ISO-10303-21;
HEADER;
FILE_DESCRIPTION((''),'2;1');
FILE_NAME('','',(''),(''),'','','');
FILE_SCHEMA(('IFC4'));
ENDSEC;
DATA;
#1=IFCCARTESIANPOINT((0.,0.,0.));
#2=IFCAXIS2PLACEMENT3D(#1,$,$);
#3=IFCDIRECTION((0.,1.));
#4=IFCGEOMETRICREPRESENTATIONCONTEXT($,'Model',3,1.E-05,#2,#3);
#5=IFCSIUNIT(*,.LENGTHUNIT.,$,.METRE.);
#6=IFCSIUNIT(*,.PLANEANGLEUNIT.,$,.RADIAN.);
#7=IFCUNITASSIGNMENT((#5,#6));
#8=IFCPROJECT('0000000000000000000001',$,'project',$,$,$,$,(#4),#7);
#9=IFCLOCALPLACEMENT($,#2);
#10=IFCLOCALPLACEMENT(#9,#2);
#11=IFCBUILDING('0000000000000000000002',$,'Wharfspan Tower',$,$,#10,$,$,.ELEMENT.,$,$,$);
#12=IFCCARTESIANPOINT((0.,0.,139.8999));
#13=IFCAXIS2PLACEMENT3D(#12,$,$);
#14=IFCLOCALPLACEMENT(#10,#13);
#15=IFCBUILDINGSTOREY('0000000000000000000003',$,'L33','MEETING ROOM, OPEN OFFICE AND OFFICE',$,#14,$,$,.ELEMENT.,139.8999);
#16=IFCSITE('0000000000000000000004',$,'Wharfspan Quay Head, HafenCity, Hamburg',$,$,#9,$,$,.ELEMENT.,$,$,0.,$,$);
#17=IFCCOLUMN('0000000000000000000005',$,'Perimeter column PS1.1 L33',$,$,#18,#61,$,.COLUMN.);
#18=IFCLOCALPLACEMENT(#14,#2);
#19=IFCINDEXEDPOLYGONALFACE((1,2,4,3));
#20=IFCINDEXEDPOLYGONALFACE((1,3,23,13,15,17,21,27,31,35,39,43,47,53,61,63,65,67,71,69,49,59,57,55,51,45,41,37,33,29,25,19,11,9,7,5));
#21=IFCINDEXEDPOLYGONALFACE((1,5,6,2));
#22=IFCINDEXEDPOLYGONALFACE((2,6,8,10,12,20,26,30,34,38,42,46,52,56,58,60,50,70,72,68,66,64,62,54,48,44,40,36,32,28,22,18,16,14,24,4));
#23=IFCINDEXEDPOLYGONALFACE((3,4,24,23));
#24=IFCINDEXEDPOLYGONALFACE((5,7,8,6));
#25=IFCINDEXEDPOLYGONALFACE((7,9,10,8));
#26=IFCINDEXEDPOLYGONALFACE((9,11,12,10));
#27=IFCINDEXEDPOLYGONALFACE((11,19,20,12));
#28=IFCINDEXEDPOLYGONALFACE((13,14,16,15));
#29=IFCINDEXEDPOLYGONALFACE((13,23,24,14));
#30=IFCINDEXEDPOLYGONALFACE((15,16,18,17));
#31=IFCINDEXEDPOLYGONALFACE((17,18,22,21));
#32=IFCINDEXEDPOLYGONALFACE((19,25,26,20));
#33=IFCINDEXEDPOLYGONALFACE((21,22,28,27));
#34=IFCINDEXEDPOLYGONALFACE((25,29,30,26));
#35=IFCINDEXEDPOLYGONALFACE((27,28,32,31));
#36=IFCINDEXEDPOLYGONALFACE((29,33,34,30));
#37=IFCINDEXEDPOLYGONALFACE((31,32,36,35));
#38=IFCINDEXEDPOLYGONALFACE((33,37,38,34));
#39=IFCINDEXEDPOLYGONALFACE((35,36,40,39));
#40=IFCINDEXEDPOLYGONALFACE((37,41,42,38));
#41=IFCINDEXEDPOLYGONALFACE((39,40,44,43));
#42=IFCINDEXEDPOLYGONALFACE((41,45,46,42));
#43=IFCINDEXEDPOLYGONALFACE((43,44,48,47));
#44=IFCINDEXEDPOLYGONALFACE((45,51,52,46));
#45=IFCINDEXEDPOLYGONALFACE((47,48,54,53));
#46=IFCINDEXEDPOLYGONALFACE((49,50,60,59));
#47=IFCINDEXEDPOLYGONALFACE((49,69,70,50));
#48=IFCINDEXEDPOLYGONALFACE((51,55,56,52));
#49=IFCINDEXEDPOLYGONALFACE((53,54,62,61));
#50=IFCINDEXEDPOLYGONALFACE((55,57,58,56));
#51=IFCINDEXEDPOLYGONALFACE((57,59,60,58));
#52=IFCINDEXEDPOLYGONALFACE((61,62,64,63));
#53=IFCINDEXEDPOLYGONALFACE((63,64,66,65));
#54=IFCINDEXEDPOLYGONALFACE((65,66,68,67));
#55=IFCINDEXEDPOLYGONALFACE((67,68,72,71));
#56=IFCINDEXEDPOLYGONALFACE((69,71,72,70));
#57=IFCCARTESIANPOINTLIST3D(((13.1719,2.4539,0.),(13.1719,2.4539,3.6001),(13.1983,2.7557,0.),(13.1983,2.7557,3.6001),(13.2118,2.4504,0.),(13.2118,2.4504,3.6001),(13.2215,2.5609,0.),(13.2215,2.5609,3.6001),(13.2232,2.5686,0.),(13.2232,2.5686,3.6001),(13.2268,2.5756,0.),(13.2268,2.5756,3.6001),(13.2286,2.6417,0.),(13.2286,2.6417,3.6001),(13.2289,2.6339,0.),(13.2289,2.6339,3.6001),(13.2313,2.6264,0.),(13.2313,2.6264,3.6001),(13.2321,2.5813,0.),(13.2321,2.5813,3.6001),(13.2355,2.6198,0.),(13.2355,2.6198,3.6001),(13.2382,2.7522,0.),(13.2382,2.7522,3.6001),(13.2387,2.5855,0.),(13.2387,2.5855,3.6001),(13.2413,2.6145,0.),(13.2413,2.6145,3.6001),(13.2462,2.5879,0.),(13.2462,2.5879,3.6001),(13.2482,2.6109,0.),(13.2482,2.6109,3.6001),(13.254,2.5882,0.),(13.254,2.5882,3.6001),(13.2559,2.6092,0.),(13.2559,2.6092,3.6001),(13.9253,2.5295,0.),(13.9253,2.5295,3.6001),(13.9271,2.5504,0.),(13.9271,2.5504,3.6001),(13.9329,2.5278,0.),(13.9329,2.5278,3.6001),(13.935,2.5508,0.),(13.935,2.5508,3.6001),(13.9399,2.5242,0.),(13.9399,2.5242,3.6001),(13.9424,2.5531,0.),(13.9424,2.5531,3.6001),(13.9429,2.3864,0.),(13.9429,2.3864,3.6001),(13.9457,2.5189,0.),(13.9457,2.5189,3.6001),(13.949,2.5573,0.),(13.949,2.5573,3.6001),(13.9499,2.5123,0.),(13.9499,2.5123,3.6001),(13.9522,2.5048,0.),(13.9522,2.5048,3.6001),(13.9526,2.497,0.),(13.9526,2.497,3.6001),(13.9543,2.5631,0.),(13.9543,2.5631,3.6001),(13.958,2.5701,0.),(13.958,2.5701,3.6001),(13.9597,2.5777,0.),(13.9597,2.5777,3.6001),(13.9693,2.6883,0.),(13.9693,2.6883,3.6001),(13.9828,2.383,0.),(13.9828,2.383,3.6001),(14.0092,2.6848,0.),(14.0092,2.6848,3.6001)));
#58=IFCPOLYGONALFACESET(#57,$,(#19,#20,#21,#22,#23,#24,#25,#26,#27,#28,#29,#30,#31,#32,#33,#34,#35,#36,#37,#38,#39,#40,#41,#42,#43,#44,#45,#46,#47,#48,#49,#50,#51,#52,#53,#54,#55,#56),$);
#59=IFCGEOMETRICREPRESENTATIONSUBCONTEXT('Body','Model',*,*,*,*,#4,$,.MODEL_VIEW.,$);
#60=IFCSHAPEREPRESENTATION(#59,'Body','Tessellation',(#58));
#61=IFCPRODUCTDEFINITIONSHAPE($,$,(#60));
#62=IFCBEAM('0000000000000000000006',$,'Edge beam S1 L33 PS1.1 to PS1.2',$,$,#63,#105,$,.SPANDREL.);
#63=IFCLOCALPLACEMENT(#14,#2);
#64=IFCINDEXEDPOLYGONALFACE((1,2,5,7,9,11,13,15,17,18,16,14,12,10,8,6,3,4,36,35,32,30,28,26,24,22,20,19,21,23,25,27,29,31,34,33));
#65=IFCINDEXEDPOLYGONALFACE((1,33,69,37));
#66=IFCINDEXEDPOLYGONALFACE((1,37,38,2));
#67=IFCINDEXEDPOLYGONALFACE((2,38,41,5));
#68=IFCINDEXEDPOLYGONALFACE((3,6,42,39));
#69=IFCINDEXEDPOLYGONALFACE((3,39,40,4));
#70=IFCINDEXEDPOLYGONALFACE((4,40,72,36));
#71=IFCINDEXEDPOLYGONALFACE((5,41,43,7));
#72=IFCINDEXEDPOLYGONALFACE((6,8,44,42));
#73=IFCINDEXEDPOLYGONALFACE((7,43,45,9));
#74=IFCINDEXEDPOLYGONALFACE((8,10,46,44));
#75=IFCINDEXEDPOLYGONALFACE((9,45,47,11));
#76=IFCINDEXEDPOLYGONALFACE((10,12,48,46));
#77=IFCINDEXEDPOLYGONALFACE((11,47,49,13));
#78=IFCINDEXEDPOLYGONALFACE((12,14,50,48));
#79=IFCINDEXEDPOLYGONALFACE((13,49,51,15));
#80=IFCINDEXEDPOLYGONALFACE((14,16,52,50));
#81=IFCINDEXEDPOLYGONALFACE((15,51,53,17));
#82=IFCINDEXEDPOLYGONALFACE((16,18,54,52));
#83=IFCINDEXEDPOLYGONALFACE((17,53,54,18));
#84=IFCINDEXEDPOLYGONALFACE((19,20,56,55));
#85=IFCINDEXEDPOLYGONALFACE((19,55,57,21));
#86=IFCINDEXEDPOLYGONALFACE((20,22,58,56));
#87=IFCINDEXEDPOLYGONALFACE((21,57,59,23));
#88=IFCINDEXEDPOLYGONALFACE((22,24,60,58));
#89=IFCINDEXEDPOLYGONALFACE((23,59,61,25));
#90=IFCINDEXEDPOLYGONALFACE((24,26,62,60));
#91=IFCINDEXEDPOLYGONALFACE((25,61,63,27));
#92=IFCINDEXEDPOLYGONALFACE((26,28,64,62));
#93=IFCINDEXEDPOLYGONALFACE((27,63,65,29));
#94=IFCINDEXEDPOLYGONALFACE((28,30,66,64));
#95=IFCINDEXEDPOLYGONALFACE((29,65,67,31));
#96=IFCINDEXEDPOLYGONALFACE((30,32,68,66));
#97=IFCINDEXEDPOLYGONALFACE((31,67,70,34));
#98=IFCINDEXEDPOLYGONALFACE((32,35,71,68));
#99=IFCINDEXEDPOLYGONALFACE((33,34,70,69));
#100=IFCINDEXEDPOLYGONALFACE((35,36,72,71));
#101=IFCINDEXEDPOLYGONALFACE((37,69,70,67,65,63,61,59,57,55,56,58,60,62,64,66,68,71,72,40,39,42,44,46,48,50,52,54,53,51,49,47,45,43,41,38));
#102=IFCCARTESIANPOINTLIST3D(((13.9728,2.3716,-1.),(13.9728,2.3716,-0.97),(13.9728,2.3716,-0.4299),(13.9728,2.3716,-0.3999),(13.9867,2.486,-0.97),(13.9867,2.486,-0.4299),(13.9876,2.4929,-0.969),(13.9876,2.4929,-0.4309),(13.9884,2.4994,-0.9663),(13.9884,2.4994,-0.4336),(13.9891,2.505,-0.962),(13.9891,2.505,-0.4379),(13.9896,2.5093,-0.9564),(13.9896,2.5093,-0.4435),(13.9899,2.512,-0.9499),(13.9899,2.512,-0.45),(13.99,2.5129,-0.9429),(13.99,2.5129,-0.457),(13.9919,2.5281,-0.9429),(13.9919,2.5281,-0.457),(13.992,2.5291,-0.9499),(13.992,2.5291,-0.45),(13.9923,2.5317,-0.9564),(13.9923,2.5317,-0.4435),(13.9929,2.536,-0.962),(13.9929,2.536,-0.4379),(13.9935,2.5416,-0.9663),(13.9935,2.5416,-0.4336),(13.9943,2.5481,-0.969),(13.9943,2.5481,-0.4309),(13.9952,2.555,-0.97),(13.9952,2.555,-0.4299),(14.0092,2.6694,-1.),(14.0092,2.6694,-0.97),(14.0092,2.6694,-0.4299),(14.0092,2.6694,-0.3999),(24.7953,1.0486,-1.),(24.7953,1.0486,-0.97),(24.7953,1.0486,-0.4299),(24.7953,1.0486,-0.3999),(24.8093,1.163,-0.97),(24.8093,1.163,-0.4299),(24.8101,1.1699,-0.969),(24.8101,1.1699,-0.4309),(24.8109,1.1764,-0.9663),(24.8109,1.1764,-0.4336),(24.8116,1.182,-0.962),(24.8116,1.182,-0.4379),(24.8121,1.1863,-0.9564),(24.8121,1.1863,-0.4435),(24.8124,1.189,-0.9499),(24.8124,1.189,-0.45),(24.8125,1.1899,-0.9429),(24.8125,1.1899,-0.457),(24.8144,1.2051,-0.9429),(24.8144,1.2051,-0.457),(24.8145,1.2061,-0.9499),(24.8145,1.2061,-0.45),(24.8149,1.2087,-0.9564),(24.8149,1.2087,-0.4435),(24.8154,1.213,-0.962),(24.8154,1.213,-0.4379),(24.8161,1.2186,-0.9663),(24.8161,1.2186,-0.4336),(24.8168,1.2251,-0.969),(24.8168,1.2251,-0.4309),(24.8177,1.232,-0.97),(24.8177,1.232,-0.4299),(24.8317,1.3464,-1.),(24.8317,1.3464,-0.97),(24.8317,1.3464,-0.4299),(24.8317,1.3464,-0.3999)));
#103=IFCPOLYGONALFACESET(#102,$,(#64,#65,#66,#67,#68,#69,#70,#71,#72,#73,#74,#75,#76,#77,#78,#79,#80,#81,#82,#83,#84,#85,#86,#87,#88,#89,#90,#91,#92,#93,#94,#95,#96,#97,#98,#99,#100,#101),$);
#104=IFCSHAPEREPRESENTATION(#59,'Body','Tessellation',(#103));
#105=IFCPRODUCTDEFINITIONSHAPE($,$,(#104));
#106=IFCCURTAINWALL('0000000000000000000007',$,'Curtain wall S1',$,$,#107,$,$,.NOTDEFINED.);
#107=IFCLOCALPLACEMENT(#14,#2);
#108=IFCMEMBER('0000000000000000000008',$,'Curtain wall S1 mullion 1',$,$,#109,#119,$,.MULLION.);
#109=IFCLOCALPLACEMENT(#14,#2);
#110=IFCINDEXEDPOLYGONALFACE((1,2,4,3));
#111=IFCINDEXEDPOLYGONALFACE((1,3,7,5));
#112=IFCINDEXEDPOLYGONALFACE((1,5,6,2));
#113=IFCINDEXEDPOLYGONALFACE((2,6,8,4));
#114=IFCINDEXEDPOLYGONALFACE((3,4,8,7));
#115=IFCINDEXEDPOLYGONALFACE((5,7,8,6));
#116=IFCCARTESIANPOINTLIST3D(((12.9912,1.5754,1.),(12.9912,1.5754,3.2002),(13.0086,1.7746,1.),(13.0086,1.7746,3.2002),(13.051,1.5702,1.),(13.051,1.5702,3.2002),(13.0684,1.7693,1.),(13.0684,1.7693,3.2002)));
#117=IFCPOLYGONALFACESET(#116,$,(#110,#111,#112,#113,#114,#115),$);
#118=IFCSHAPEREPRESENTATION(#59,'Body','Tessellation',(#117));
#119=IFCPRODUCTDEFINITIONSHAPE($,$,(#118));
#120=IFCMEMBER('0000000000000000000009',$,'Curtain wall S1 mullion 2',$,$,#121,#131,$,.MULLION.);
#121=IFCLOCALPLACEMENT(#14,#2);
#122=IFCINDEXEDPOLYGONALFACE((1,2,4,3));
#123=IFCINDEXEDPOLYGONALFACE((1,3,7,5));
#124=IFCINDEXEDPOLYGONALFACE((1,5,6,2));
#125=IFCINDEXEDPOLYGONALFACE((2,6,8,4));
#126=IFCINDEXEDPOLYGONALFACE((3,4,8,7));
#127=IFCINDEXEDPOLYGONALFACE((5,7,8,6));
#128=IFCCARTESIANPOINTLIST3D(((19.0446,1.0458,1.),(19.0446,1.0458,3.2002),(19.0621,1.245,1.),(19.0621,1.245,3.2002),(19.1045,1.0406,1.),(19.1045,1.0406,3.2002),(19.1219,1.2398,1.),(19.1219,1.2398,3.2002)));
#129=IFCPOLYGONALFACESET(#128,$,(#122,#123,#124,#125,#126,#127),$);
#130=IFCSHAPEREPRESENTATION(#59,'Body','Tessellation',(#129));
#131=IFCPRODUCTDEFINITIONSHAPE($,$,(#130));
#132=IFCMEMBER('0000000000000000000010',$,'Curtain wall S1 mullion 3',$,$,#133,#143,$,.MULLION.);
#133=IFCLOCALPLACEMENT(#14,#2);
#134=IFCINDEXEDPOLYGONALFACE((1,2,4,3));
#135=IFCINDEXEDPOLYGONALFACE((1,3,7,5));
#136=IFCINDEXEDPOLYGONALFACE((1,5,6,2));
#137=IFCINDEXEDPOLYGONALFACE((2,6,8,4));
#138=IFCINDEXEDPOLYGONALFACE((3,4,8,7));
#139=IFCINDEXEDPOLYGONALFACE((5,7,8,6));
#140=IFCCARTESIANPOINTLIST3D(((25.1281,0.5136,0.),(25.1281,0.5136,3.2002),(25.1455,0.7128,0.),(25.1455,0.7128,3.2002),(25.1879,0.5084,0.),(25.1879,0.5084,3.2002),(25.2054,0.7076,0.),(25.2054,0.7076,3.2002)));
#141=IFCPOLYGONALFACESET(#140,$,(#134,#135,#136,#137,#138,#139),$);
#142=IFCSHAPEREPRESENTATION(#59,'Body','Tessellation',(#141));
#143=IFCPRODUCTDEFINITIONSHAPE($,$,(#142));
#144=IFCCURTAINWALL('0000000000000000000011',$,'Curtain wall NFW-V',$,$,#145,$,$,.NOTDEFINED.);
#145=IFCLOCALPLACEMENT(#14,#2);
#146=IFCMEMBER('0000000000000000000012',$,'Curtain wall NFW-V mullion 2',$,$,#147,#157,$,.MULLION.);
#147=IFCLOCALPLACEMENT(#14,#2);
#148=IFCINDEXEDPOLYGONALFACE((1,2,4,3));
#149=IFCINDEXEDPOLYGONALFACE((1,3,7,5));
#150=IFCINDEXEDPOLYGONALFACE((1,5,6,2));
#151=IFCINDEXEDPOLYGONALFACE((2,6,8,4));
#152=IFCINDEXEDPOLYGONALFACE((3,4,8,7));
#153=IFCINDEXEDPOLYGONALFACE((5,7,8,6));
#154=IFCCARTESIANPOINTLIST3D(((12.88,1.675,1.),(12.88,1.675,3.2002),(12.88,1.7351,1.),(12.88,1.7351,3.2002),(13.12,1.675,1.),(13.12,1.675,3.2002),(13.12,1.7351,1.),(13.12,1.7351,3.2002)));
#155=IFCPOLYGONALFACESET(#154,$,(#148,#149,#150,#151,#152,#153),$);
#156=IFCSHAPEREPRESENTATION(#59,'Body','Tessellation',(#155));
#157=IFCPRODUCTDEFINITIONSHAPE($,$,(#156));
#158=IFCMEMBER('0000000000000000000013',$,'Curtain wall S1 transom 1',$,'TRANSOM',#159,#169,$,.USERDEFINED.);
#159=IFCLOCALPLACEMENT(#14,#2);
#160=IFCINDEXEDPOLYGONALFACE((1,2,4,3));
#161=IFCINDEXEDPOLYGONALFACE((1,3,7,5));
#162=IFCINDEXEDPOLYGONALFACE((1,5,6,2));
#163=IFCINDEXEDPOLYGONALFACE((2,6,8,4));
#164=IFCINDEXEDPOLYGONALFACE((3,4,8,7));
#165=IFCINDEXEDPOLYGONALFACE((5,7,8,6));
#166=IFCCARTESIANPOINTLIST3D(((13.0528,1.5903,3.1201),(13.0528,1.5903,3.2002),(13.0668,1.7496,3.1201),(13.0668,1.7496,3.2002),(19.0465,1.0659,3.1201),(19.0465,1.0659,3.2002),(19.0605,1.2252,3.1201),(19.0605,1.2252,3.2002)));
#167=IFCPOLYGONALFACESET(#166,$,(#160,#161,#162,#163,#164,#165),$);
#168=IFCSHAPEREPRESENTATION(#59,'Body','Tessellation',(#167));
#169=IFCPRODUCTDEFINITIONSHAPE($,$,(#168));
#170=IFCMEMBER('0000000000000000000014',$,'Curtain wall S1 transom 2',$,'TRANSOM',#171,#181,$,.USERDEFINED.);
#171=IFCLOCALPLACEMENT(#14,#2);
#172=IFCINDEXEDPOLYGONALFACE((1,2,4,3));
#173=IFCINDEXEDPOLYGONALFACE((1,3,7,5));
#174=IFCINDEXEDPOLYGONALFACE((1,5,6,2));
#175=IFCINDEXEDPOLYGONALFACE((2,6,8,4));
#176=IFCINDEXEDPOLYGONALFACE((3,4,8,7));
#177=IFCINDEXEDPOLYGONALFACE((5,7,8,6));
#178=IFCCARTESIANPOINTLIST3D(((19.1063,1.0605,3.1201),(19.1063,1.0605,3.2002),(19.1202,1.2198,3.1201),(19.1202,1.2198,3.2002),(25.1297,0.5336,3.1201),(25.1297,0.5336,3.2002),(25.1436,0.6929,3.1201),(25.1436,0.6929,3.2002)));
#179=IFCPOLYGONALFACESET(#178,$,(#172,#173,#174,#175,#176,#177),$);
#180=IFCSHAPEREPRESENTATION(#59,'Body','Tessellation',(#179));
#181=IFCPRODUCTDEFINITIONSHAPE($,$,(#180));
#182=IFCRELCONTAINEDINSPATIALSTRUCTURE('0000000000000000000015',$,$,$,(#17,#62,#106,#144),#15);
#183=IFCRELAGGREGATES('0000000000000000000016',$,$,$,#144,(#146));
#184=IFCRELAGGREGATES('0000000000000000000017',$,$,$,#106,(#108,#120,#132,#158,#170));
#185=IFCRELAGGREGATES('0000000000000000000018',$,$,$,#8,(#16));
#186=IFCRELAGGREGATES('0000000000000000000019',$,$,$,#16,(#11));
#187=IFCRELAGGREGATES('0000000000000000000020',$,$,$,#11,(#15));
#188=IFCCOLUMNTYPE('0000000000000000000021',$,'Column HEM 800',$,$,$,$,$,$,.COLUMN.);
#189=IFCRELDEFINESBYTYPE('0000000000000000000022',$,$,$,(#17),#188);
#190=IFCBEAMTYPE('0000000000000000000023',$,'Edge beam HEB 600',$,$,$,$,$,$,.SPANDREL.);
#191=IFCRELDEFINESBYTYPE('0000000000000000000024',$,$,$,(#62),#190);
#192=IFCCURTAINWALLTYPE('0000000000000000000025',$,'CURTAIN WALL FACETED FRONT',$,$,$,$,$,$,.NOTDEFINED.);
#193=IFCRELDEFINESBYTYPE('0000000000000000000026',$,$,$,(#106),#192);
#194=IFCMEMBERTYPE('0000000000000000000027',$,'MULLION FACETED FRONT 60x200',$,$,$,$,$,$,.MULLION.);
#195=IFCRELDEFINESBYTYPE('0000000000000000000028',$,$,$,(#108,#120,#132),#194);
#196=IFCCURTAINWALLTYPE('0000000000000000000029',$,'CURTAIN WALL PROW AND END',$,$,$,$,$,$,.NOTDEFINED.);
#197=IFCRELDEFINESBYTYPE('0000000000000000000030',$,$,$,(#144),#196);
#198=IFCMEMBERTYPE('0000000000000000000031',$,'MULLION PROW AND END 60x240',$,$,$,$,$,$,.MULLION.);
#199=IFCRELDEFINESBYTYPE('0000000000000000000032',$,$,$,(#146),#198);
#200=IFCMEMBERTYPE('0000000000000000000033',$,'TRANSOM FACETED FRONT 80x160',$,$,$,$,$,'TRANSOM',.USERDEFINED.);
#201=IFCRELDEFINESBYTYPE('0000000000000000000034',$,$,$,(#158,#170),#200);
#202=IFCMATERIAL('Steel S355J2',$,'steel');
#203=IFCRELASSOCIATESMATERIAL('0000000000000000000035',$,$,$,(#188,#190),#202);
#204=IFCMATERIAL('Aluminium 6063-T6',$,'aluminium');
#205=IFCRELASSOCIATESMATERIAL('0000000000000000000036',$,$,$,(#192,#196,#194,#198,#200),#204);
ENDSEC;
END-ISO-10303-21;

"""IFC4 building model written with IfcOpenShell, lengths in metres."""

from ifc_helpers import new_model, si_unit, direction, frame, origin, origin_2d, place, context, subcontext, project, spatial, rectangle, i_section, extrude, material, material_profile, profile_set, type_object, element, aggregate, save


model = new_model("IFC4")

# Units and contexts
model_context = context("Model", 3, precision=1e-05, world=origin(), true_north=direction((0.0, 1.0)))
body_context = subcontext(model_context, "Body", "Model", "MODEL_VIEW")
ifc_project = project(units=[si_unit("LENGTHUNIT", "METRE"), si_unit("PLANEANGLEUNIT", "RADIAN")], contexts=[model_context])

# Site, building, storey
site_placement = place(None, origin())
site = spatial("IfcSite", under=ifc_project, at=site_placement, Name="Wharfspan Quay Head, HafenCity, Hamburg", CompositionType="ELEMENT", RefElevation=0.0)
building_placement = place(site_placement, origin())
building = spatial("IfcBuilding", under=site, at=building_placement, Name="Wharfspan Tower", CompositionType="ELEMENT")
storey_placement = place(building_placement, frame((0.0, 0.0, 139.8999)))
storey = spatial("IfcBuildingStorey", under=building, at=storey_placement, Name="L33", Description="MEETING ROOM, OPEN OFFICE AND OFFICE", CompositionType="ELEMENT", Elevation=139.8999)

# Column
ifc_material_1 = material(Name="Steel S355J2", Category="steel")
ifc_material_profile_1 = material_profile(ifc_material_1, i_section(OverallWidth=0.303, OverallDepth=0.814, WebThickness=0.021, FlangeThickness=0.04, FilletRadius=0.03, at=origin_2d()))
ifc_profile_set_1 = profile_set([ifc_material_profile_1], Name="Steel S355J2")
column_type = type_object("IfcColumnType", Name="Column HEM 800", PredefinedType="COLUMN", material=ifc_profile_set_1)
column_placement = place(storey_placement, frame((13.5906, 2.5693, 0.0), z_axis=(0.0, 0.0, 1.0), x_axis=(-0.087156, -0.996198, 0.0)))
element("IfcColumn", 1, at=column_placement, inside=storey, type_object=column_type, Name="Perimeter column PS1.1 L33", PredefinedType="COLUMN", context=body_context, shape_type="SweptSolid", body=[
    extrude(i_section(OverallWidth=0.303, OverallDepth=0.814, WebThickness=0.021, FlangeThickness=0.04, FilletRadius=0.03, at=origin_2d()), origin(), (0.0, 0.0, 1.0), 3.6001),
])

# Beam
ifc_material_profile_2 = material_profile(ifc_material_1, i_section(OverallWidth=0.3, OverallDepth=0.6001, WebThickness=0.0154, FlangeThickness=0.03, FilletRadius=0.0271, at=origin_2d()))
ifc_profile_set_2 = profile_set([ifc_material_profile_2], Name="Steel S355J2")
beam_type = type_object("IfcBeamType", Name="Edge beam HEB 600", PredefinedType="SPANDREL", material=ifc_profile_set_2)
beam_placement = place(storey_placement, frame((13.991, 2.5205, -0.7), z_axis=(0.992611, -0.121342, 0.0), x_axis=(0.121342, 0.992611, 0.0)))
element("IfcBeam", 2, at=beam_placement, inside=storey, type_object=beam_type, Name="Edge beam S1 L33 PS1.1 to PS1.2", PredefinedType="SPANDREL", context=body_context, shape_type="SweptSolid", body=[
    extrude(i_section(OverallWidth=0.3, OverallDepth=0.6001, WebThickness=0.0154, FlangeThickness=0.03, FilletRadius=0.0271, at=origin_2d()), origin(), (0.0, 0.0, 1.0), 10.9031),
])

# Curtain wall, members
ifc_material_2 = material(Name="Aluminium 6063-T6", Category="aluminium")
curtain_wall_type_1 = type_object("IfcCurtainWallType", Name="CURTAIN WALL FACETED FRONT", PredefinedType="NOTDEFINED", material=ifc_material_2)
curtain_wall_1_placement = place(storey_placement, origin())
curtain_wall_1 = element("IfcCurtainWall", 3, at=curtain_wall_1_placement, inside=storey, type_object=curtain_wall_type_1, Name="Curtain wall S1", PredefinedType="NOTDEFINED")
ifc_material_profile_3 = material_profile(ifc_material_2, rectangle(XDim=0.2, YDim=0.0601, at=origin_2d()))
ifc_profile_set_3 = profile_set([ifc_material_profile_3], Name="Aluminium 6063-T6")
member_type_1 = type_object("IfcMemberType", Name="MULLION FACETED FRONT 60x200", PredefinedType="MULLION", material=ifc_profile_set_3)
member_1_placement = place(storey_placement, frame((13.0298, 1.6724, 1.0), z_axis=(0.0, 0.0, 1.0), x_axis=(0.087156, 0.996198, 0.0)))
member_1 = element("IfcMember", 4, at=member_1_placement, type_object=member_type_1, Name="Curtain wall S1 mullion 1", PredefinedType="MULLION", context=body_context, shape_type="SweptSolid", body=[
    extrude(rectangle(XDim=0.2, YDim=0.0601, at=origin_2d()), origin(), (0.0, 0.0, 1.0), 2.2002),
])
member_2_placement = place(storey_placement, frame((19.0833, 1.1428, 1.0), z_axis=(0.0, 0.0, 1.0), x_axis=(0.087156, 0.996198, 0.0)))
member_2 = element("IfcMember", 5, at=member_2_placement, type_object=member_type_1, Name="Curtain wall S1 mullion 2", PredefinedType="MULLION", context=body_context, shape_type="SweptSolid", body=[
    extrude(rectangle(XDim=0.2, YDim=0.0601, at=origin_2d()), origin(), (0.0, 0.0, 1.0), 2.2002),
])
member_3_placement = place(storey_placement, frame((25.1667, 0.6106, 0.0), z_axis=(0.0, 0.0, 1.0), x_axis=(0.087156, 0.996198, 0.0)))
member_3 = element("IfcMember", 6, at=member_3_placement, type_object=member_type_1, Name="Curtain wall S1 mullion 3", PredefinedType="MULLION", context=body_context, shape_type="SweptSolid", body=[
    extrude(rectangle(XDim=0.2, YDim=0.0601, at=origin_2d()), origin(), (0.0, 0.0, 1.0), 3.2002),
])

# Curtain wall, member
curtain_wall_type_2 = type_object("IfcCurtainWallType", Name="CURTAIN WALL PROW AND END", PredefinedType="NOTDEFINED", material=ifc_material_2)
curtain_wall_2_placement = place(storey_placement, origin())
curtain_wall_2 = element("IfcCurtainWall", 7, at=curtain_wall_2_placement, inside=storey, type_object=curtain_wall_type_2, Name="Curtain wall NFW-V", PredefinedType="NOTDEFINED")
ifc_material_profile_4 = material_profile(ifc_material_2, rectangle(XDim=0.24, YDim=0.0601, at=origin_2d()))
ifc_profile_set_4 = profile_set([ifc_material_profile_4], Name="Aluminium 6063-T6")
member_type_2 = type_object("IfcMemberType", Name="MULLION PROW AND END 60x240", PredefinedType="MULLION", material=ifc_profile_set_4)
member_4_placement = place(storey_placement, frame((13.0, 1.7051, 1.0), z_axis=(0.0, 0.0, 1.0), x_axis=(1.0, 0.0, 0.0)))
member_4 = element("IfcMember", 8, at=member_4_placement, type_object=member_type_2, Name="Curtain wall NFW-V mullion 2", PredefinedType="MULLION", context=body_context, shape_type="SweptSolid", body=[
    extrude(rectangle(XDim=0.24, YDim=0.0601, at=origin_2d()), origin(), (0.0, 0.0, 1.0), 2.2002),
])
aggregate(curtain_wall_2, [member_4])

# Members
ifc_material_profile_5 = material_profile(ifc_material_2, rectangle(XDim=0.1599, YDim=0.0801, at=origin_2d()))
ifc_profile_set_5 = profile_set([ifc_material_profile_5], Name="Aluminium 6063-T6")
member_type_3 = type_object("IfcMemberType", Name="TRANSOM FACETED FRONT 80x160", ElementType="TRANSOM", PredefinedType="USERDEFINED", material=ifc_profile_set_5)
member_5_placement = place(storey_placement, frame((13.0598, 1.6699, 3.1602), z_axis=(0.996194, -0.087162, 0.0), x_axis=(0.087162, 0.996194, 0.0)))
member_5 = element("IfcMember", 9, at=member_5_placement, type_object=member_type_3, Name="Curtain wall S1 transom 1", ObjectType="TRANSOM", PredefinedType="USERDEFINED", context=body_context, shape_type="SweptSolid", body=[
    extrude(rectangle(XDim=0.1599, YDim=0.0801, at=origin_2d()), origin(), (0.0, 0.0, 1.0), 6.0166),
])
member_6_placement = place(storey_placement, frame((19.1133, 1.1401, 3.1602), z_axis=(0.996197, -0.087135, 0.0), x_axis=(0.087135, 0.996197, 0.0)))
member_6 = element("IfcMember", 10, at=member_6_placement, type_object=member_type_3, Name="Curtain wall S1 transom 2", ObjectType="TRANSOM", PredefinedType="USERDEFINED", context=body_context, shape_type="SweptSolid", body=[
    extrude(rectangle(XDim=0.1599, YDim=0.0801, at=origin_2d()), origin(), (0.0, 0.0, 1.0), 6.0464),
])

aggregate(curtain_wall_1, [member_1, member_2, member_3, member_5, member_6])

save(model, "model.ifc")
